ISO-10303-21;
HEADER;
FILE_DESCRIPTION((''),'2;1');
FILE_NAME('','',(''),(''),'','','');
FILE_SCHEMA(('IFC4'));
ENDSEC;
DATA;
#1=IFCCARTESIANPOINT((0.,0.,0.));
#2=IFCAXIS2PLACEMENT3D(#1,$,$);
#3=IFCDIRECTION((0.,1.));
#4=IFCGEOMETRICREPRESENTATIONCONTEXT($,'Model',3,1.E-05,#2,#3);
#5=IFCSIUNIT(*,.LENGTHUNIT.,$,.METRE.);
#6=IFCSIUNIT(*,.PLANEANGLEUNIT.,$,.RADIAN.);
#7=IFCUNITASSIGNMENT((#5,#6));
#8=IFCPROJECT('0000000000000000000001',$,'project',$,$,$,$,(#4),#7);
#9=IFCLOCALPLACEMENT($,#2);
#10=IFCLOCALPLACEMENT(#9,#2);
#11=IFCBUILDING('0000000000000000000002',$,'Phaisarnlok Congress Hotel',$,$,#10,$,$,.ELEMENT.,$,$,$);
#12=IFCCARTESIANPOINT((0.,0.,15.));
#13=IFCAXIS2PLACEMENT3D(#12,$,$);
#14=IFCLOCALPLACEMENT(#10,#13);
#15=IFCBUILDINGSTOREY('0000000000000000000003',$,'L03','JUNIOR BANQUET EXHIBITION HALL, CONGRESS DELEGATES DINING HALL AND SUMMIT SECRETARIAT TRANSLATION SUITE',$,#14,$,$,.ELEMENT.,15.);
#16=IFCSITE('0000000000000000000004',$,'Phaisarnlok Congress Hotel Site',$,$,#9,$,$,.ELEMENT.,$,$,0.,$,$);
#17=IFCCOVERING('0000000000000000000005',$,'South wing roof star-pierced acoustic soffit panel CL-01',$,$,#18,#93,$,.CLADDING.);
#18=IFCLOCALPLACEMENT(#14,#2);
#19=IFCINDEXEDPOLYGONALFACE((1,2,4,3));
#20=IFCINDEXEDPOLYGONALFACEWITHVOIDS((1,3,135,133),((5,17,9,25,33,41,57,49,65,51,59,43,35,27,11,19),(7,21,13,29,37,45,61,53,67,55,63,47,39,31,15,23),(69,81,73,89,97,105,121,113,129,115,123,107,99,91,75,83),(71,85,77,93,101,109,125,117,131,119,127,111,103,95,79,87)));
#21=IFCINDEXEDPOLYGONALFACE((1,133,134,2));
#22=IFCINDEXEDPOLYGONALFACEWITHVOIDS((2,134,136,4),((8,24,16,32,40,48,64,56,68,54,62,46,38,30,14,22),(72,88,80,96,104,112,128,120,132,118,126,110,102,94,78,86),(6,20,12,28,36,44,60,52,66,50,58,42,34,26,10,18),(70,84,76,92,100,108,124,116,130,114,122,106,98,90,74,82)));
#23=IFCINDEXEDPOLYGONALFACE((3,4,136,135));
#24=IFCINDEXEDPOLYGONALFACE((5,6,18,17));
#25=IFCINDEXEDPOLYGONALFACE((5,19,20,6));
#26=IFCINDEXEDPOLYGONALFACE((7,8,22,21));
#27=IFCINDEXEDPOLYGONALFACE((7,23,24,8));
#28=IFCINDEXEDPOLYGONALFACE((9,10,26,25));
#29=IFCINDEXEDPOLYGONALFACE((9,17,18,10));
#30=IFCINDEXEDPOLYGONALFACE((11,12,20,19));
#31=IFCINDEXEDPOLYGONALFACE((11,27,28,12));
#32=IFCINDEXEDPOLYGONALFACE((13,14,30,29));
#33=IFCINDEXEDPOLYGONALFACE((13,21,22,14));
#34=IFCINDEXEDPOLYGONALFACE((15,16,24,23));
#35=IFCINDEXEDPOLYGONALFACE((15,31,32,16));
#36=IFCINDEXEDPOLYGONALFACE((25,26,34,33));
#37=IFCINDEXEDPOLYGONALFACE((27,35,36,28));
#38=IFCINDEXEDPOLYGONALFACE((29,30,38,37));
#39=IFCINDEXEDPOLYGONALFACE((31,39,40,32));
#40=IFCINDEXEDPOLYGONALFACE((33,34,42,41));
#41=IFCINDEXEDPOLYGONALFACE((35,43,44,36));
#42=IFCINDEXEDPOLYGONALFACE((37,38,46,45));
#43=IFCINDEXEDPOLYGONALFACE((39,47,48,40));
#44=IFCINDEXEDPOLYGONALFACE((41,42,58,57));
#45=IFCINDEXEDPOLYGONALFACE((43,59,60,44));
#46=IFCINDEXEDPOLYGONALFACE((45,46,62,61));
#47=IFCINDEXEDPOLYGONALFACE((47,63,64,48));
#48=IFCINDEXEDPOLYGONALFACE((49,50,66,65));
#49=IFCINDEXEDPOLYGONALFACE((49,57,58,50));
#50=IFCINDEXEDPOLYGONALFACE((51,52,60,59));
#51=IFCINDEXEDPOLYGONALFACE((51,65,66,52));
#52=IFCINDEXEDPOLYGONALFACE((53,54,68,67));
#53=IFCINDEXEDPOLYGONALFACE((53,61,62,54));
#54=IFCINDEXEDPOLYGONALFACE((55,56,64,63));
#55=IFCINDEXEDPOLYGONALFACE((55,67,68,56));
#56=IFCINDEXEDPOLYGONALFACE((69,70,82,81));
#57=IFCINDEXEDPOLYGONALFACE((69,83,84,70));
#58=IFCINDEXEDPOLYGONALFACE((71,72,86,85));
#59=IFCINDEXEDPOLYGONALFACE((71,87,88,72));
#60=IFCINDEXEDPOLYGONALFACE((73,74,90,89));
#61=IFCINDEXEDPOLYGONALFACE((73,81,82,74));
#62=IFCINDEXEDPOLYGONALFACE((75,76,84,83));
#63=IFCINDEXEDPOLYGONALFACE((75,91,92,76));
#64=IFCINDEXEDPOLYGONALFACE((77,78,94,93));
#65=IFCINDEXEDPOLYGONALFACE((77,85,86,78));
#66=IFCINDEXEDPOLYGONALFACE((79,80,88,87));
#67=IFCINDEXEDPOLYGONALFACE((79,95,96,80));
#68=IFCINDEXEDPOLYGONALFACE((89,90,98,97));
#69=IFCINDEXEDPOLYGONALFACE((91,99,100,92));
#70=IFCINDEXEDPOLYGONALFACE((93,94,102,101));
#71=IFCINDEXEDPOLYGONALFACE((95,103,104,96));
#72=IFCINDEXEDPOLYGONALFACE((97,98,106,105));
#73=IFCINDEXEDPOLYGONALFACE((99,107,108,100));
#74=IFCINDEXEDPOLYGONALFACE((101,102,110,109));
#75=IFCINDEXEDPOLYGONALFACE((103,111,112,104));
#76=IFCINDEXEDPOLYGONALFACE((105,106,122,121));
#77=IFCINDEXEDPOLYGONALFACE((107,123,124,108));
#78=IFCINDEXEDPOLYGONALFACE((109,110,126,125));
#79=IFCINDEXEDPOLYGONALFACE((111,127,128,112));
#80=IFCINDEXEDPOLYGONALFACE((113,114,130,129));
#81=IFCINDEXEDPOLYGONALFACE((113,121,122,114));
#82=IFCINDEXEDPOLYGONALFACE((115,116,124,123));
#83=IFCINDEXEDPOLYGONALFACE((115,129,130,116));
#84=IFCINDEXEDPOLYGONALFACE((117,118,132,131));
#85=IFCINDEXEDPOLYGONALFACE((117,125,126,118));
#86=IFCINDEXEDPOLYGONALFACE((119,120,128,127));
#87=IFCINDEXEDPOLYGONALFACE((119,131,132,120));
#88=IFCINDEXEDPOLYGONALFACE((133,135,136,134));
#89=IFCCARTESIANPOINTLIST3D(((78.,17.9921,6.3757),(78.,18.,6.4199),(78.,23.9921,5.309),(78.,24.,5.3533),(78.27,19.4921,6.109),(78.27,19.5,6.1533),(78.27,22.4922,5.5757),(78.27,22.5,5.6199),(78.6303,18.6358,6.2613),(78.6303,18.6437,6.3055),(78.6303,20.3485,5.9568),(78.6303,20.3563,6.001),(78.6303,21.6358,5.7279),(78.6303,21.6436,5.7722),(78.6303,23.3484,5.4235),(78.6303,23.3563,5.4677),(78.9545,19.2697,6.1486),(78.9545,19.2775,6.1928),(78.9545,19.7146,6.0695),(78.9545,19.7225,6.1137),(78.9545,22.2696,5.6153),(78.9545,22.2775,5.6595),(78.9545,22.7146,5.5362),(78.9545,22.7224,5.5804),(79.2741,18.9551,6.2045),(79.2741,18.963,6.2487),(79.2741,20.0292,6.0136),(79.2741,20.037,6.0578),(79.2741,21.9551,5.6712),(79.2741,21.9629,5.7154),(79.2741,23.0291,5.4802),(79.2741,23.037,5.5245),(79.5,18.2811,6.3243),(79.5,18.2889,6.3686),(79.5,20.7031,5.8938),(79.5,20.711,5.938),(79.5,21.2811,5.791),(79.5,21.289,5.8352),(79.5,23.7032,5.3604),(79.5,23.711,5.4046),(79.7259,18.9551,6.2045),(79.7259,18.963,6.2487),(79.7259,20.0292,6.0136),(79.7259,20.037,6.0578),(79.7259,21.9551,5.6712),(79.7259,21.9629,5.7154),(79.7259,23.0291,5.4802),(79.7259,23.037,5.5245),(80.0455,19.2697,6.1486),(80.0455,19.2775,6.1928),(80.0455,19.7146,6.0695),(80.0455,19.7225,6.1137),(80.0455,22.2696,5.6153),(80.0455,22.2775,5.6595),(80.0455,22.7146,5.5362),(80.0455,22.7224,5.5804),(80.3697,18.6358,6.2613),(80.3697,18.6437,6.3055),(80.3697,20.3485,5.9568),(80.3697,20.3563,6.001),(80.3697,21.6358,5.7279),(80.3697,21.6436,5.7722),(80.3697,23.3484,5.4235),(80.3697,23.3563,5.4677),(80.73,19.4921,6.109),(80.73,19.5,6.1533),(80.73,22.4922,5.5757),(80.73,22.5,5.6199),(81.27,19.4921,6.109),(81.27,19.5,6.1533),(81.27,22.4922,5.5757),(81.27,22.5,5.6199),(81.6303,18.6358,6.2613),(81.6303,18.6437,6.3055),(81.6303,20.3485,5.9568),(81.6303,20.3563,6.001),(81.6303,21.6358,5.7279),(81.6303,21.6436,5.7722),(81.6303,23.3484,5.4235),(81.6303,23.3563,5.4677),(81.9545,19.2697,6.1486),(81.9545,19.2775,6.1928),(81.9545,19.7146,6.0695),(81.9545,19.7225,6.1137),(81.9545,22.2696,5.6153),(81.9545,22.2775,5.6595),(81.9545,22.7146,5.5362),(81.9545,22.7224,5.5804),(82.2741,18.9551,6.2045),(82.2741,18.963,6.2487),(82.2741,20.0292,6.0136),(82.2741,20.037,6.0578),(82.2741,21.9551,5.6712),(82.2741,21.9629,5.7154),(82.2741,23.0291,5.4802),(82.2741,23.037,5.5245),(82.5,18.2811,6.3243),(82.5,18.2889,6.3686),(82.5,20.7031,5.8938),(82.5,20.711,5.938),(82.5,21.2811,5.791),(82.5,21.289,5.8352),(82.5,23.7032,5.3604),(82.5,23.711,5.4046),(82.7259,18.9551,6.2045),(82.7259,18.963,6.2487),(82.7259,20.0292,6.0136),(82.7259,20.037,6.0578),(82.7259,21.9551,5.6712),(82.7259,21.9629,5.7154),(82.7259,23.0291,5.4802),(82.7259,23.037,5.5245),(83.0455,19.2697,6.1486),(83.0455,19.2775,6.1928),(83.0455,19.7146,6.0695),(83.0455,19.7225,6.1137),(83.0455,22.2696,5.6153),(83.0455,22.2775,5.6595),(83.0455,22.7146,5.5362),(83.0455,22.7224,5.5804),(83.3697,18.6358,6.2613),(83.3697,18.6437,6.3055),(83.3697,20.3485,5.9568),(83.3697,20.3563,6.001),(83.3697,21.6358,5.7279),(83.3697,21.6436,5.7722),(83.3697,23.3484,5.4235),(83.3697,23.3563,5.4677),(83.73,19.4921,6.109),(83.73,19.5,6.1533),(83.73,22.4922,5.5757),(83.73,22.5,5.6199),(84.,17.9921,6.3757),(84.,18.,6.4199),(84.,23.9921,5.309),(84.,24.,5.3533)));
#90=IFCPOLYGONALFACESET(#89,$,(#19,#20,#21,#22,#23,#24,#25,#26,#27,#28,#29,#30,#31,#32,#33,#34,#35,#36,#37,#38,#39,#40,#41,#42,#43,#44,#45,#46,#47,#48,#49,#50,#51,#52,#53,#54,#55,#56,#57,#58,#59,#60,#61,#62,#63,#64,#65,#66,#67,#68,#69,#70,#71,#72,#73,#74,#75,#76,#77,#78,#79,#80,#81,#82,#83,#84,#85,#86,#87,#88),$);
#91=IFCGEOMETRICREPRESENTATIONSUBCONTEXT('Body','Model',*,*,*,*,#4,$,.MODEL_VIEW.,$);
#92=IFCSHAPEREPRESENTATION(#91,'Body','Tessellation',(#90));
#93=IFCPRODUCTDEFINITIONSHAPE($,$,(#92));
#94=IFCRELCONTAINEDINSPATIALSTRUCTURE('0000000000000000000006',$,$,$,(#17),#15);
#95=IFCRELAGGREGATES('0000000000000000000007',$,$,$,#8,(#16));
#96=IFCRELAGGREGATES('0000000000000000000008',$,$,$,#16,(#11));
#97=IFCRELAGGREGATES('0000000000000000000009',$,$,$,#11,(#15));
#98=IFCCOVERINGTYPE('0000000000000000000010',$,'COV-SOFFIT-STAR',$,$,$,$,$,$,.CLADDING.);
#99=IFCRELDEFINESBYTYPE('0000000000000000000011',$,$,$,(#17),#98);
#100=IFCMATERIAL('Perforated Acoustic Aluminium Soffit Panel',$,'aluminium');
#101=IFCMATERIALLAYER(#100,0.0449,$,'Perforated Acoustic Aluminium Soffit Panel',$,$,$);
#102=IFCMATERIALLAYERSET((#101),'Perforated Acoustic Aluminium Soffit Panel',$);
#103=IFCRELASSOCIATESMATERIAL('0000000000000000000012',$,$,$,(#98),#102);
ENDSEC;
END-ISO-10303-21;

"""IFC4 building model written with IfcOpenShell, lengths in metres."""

from ifc_helpers import new_model, si_unit, direction, frame, origin, place, context, subcontext, project, spatial, polyline, outline, extrude, material, layer, layer_set, type_object, element, save


model = new_model("IFC4")

# Units and contexts
model_context = context("Model", 3, precision=1e-05, world=origin(), true_north=direction((0.0, 1.0)))
body_context = subcontext(model_context, "Body", "Model", "MODEL_VIEW")
ifc_project = project(units=[si_unit("LENGTHUNIT", "METRE"), si_unit("PLANEANGLEUNIT", "RADIAN")], contexts=[model_context])

# Site, building, storey
site_placement = place(None, origin())
site = spatial("IfcSite", under=ifc_project, at=site_placement, Name="Phaisarnlok Congress Hotel Site", CompositionType="ELEMENT", RefElevation=0.0)
building_placement = place(site_placement, origin())
building = spatial("IfcBuilding", under=site, at=building_placement, Name="Phaisarnlok Congress Hotel", CompositionType="ELEMENT")
storey_placement = place(building_placement, frame((0.0, 0.0, 15.0)))
storey = spatial("IfcBuildingStorey", under=building, at=storey_placement, Name="L03", Description="JUNIOR BANQUET EXHIBITION HALL, CONGRESS DELEGATES DINING HALL AND SUMMIT SECRETARIAT TRANSLATION SUITE", CompositionType="ELEMENT", Elevation=15.0)

# Covering
ifc_material_1 = material(Name="Perforated Acoustic Aluminium Soffit Panel", Category="aluminium")
ifc_layer_1 = layer(ifc_material_1, 0.0449, Name="Perforated Acoustic Aluminium Soffit Panel")
ifc_layer_set_1 = layer_set([ifc_layer_1], Name="Perforated Acoustic Aluminium Soffit Panel")
covering_type = type_object("IfcCoveringType", Name="COV-SOFFIT-STAR", PredefinedType="CLADDING", material=ifc_layer_set_1)
covering_placement = place(storey_placement, frame((78.0, 24.0, 5.3533), z_axis=(0.0, -0.175031, -0.984563), x_axis=(1.0, 0.0, 0.0)))
element("IfcCovering", 1, at=covering_placement, inside=storey, type_object=covering_type, Name="South wing roof star-pierced acoustic soffit panel CL-01", PredefinedType="CLADDING", context=body_context, shape_type="SweptSolid", body=[
    extrude(outline(polyline([(0.0, 0.0), (6.0, 0.0), (6.0, 6.0941), (0.0, 6.0941), (0.0, 0.0)]), holes=[polyline([(2.0455, 1.2976), (2.3697, 0.6538), (1.7259, 0.9781), (1.5, 0.2935), (1.2741, 0.9781), (0.6303, 0.6538), (0.9545, 1.2976), (0.27, 1.5235), (0.9545, 1.7495), (0.6303, 2.3933), (1.2741, 2.069), (1.5, 2.7535), (1.7259, 2.069), (2.3697, 2.3933), (2.0455, 1.7495), (2.73, 1.5235), (2.0455, 1.2976)]), polyline([(2.0455, 4.3446), (2.3697, 3.7008), (1.7259, 4.0251), (1.5, 3.3406), (1.2741, 4.0251), (0.6303, 3.7008), (0.9545, 4.3446), (0.27, 4.5706), (0.9545, 4.7965), (0.6303, 5.4403), (1.2741, 5.116), (1.5, 5.8006), (1.7259, 5.116), (2.3697, 5.4403), (2.0455, 4.7965), (2.73, 4.5706), (2.0455, 4.3446)]), polyline([(5.0455, 1.2976), (5.3697, 0.6538), (4.7259, 0.9781), (4.5, 0.2935), (4.2741, 0.9781), (3.6303, 0.6538), (3.9545, 1.2976), (3.27, 1.5235), (3.9545, 1.7495), (3.6303, 2.3933), (4.2741, 2.069), (4.5, 2.7535), (4.7259, 2.069), (5.3697, 2.3933), (5.0455, 1.7495), (5.73, 1.5235), (5.0455, 1.2976)]), polyline([(5.0455, 4.3446), (5.3697, 3.7008), (4.7259, 4.0251), (4.5, 3.3406), (4.2741, 4.0251), (3.6303, 3.7008), (3.9545, 4.3446), (3.27, 4.5706), (3.9545, 4.7965), (3.6303, 5.4403), (4.2741, 5.116), (4.5, 5.8006), (4.7259, 5.116), (5.3697, 5.4403), (5.0455, 4.7965), (5.73, 4.5706), (5.0455, 4.3446)])]), origin(), (0.0, 0.0, 1.0), 0.0449),
])

save(model, "model.ifc")
